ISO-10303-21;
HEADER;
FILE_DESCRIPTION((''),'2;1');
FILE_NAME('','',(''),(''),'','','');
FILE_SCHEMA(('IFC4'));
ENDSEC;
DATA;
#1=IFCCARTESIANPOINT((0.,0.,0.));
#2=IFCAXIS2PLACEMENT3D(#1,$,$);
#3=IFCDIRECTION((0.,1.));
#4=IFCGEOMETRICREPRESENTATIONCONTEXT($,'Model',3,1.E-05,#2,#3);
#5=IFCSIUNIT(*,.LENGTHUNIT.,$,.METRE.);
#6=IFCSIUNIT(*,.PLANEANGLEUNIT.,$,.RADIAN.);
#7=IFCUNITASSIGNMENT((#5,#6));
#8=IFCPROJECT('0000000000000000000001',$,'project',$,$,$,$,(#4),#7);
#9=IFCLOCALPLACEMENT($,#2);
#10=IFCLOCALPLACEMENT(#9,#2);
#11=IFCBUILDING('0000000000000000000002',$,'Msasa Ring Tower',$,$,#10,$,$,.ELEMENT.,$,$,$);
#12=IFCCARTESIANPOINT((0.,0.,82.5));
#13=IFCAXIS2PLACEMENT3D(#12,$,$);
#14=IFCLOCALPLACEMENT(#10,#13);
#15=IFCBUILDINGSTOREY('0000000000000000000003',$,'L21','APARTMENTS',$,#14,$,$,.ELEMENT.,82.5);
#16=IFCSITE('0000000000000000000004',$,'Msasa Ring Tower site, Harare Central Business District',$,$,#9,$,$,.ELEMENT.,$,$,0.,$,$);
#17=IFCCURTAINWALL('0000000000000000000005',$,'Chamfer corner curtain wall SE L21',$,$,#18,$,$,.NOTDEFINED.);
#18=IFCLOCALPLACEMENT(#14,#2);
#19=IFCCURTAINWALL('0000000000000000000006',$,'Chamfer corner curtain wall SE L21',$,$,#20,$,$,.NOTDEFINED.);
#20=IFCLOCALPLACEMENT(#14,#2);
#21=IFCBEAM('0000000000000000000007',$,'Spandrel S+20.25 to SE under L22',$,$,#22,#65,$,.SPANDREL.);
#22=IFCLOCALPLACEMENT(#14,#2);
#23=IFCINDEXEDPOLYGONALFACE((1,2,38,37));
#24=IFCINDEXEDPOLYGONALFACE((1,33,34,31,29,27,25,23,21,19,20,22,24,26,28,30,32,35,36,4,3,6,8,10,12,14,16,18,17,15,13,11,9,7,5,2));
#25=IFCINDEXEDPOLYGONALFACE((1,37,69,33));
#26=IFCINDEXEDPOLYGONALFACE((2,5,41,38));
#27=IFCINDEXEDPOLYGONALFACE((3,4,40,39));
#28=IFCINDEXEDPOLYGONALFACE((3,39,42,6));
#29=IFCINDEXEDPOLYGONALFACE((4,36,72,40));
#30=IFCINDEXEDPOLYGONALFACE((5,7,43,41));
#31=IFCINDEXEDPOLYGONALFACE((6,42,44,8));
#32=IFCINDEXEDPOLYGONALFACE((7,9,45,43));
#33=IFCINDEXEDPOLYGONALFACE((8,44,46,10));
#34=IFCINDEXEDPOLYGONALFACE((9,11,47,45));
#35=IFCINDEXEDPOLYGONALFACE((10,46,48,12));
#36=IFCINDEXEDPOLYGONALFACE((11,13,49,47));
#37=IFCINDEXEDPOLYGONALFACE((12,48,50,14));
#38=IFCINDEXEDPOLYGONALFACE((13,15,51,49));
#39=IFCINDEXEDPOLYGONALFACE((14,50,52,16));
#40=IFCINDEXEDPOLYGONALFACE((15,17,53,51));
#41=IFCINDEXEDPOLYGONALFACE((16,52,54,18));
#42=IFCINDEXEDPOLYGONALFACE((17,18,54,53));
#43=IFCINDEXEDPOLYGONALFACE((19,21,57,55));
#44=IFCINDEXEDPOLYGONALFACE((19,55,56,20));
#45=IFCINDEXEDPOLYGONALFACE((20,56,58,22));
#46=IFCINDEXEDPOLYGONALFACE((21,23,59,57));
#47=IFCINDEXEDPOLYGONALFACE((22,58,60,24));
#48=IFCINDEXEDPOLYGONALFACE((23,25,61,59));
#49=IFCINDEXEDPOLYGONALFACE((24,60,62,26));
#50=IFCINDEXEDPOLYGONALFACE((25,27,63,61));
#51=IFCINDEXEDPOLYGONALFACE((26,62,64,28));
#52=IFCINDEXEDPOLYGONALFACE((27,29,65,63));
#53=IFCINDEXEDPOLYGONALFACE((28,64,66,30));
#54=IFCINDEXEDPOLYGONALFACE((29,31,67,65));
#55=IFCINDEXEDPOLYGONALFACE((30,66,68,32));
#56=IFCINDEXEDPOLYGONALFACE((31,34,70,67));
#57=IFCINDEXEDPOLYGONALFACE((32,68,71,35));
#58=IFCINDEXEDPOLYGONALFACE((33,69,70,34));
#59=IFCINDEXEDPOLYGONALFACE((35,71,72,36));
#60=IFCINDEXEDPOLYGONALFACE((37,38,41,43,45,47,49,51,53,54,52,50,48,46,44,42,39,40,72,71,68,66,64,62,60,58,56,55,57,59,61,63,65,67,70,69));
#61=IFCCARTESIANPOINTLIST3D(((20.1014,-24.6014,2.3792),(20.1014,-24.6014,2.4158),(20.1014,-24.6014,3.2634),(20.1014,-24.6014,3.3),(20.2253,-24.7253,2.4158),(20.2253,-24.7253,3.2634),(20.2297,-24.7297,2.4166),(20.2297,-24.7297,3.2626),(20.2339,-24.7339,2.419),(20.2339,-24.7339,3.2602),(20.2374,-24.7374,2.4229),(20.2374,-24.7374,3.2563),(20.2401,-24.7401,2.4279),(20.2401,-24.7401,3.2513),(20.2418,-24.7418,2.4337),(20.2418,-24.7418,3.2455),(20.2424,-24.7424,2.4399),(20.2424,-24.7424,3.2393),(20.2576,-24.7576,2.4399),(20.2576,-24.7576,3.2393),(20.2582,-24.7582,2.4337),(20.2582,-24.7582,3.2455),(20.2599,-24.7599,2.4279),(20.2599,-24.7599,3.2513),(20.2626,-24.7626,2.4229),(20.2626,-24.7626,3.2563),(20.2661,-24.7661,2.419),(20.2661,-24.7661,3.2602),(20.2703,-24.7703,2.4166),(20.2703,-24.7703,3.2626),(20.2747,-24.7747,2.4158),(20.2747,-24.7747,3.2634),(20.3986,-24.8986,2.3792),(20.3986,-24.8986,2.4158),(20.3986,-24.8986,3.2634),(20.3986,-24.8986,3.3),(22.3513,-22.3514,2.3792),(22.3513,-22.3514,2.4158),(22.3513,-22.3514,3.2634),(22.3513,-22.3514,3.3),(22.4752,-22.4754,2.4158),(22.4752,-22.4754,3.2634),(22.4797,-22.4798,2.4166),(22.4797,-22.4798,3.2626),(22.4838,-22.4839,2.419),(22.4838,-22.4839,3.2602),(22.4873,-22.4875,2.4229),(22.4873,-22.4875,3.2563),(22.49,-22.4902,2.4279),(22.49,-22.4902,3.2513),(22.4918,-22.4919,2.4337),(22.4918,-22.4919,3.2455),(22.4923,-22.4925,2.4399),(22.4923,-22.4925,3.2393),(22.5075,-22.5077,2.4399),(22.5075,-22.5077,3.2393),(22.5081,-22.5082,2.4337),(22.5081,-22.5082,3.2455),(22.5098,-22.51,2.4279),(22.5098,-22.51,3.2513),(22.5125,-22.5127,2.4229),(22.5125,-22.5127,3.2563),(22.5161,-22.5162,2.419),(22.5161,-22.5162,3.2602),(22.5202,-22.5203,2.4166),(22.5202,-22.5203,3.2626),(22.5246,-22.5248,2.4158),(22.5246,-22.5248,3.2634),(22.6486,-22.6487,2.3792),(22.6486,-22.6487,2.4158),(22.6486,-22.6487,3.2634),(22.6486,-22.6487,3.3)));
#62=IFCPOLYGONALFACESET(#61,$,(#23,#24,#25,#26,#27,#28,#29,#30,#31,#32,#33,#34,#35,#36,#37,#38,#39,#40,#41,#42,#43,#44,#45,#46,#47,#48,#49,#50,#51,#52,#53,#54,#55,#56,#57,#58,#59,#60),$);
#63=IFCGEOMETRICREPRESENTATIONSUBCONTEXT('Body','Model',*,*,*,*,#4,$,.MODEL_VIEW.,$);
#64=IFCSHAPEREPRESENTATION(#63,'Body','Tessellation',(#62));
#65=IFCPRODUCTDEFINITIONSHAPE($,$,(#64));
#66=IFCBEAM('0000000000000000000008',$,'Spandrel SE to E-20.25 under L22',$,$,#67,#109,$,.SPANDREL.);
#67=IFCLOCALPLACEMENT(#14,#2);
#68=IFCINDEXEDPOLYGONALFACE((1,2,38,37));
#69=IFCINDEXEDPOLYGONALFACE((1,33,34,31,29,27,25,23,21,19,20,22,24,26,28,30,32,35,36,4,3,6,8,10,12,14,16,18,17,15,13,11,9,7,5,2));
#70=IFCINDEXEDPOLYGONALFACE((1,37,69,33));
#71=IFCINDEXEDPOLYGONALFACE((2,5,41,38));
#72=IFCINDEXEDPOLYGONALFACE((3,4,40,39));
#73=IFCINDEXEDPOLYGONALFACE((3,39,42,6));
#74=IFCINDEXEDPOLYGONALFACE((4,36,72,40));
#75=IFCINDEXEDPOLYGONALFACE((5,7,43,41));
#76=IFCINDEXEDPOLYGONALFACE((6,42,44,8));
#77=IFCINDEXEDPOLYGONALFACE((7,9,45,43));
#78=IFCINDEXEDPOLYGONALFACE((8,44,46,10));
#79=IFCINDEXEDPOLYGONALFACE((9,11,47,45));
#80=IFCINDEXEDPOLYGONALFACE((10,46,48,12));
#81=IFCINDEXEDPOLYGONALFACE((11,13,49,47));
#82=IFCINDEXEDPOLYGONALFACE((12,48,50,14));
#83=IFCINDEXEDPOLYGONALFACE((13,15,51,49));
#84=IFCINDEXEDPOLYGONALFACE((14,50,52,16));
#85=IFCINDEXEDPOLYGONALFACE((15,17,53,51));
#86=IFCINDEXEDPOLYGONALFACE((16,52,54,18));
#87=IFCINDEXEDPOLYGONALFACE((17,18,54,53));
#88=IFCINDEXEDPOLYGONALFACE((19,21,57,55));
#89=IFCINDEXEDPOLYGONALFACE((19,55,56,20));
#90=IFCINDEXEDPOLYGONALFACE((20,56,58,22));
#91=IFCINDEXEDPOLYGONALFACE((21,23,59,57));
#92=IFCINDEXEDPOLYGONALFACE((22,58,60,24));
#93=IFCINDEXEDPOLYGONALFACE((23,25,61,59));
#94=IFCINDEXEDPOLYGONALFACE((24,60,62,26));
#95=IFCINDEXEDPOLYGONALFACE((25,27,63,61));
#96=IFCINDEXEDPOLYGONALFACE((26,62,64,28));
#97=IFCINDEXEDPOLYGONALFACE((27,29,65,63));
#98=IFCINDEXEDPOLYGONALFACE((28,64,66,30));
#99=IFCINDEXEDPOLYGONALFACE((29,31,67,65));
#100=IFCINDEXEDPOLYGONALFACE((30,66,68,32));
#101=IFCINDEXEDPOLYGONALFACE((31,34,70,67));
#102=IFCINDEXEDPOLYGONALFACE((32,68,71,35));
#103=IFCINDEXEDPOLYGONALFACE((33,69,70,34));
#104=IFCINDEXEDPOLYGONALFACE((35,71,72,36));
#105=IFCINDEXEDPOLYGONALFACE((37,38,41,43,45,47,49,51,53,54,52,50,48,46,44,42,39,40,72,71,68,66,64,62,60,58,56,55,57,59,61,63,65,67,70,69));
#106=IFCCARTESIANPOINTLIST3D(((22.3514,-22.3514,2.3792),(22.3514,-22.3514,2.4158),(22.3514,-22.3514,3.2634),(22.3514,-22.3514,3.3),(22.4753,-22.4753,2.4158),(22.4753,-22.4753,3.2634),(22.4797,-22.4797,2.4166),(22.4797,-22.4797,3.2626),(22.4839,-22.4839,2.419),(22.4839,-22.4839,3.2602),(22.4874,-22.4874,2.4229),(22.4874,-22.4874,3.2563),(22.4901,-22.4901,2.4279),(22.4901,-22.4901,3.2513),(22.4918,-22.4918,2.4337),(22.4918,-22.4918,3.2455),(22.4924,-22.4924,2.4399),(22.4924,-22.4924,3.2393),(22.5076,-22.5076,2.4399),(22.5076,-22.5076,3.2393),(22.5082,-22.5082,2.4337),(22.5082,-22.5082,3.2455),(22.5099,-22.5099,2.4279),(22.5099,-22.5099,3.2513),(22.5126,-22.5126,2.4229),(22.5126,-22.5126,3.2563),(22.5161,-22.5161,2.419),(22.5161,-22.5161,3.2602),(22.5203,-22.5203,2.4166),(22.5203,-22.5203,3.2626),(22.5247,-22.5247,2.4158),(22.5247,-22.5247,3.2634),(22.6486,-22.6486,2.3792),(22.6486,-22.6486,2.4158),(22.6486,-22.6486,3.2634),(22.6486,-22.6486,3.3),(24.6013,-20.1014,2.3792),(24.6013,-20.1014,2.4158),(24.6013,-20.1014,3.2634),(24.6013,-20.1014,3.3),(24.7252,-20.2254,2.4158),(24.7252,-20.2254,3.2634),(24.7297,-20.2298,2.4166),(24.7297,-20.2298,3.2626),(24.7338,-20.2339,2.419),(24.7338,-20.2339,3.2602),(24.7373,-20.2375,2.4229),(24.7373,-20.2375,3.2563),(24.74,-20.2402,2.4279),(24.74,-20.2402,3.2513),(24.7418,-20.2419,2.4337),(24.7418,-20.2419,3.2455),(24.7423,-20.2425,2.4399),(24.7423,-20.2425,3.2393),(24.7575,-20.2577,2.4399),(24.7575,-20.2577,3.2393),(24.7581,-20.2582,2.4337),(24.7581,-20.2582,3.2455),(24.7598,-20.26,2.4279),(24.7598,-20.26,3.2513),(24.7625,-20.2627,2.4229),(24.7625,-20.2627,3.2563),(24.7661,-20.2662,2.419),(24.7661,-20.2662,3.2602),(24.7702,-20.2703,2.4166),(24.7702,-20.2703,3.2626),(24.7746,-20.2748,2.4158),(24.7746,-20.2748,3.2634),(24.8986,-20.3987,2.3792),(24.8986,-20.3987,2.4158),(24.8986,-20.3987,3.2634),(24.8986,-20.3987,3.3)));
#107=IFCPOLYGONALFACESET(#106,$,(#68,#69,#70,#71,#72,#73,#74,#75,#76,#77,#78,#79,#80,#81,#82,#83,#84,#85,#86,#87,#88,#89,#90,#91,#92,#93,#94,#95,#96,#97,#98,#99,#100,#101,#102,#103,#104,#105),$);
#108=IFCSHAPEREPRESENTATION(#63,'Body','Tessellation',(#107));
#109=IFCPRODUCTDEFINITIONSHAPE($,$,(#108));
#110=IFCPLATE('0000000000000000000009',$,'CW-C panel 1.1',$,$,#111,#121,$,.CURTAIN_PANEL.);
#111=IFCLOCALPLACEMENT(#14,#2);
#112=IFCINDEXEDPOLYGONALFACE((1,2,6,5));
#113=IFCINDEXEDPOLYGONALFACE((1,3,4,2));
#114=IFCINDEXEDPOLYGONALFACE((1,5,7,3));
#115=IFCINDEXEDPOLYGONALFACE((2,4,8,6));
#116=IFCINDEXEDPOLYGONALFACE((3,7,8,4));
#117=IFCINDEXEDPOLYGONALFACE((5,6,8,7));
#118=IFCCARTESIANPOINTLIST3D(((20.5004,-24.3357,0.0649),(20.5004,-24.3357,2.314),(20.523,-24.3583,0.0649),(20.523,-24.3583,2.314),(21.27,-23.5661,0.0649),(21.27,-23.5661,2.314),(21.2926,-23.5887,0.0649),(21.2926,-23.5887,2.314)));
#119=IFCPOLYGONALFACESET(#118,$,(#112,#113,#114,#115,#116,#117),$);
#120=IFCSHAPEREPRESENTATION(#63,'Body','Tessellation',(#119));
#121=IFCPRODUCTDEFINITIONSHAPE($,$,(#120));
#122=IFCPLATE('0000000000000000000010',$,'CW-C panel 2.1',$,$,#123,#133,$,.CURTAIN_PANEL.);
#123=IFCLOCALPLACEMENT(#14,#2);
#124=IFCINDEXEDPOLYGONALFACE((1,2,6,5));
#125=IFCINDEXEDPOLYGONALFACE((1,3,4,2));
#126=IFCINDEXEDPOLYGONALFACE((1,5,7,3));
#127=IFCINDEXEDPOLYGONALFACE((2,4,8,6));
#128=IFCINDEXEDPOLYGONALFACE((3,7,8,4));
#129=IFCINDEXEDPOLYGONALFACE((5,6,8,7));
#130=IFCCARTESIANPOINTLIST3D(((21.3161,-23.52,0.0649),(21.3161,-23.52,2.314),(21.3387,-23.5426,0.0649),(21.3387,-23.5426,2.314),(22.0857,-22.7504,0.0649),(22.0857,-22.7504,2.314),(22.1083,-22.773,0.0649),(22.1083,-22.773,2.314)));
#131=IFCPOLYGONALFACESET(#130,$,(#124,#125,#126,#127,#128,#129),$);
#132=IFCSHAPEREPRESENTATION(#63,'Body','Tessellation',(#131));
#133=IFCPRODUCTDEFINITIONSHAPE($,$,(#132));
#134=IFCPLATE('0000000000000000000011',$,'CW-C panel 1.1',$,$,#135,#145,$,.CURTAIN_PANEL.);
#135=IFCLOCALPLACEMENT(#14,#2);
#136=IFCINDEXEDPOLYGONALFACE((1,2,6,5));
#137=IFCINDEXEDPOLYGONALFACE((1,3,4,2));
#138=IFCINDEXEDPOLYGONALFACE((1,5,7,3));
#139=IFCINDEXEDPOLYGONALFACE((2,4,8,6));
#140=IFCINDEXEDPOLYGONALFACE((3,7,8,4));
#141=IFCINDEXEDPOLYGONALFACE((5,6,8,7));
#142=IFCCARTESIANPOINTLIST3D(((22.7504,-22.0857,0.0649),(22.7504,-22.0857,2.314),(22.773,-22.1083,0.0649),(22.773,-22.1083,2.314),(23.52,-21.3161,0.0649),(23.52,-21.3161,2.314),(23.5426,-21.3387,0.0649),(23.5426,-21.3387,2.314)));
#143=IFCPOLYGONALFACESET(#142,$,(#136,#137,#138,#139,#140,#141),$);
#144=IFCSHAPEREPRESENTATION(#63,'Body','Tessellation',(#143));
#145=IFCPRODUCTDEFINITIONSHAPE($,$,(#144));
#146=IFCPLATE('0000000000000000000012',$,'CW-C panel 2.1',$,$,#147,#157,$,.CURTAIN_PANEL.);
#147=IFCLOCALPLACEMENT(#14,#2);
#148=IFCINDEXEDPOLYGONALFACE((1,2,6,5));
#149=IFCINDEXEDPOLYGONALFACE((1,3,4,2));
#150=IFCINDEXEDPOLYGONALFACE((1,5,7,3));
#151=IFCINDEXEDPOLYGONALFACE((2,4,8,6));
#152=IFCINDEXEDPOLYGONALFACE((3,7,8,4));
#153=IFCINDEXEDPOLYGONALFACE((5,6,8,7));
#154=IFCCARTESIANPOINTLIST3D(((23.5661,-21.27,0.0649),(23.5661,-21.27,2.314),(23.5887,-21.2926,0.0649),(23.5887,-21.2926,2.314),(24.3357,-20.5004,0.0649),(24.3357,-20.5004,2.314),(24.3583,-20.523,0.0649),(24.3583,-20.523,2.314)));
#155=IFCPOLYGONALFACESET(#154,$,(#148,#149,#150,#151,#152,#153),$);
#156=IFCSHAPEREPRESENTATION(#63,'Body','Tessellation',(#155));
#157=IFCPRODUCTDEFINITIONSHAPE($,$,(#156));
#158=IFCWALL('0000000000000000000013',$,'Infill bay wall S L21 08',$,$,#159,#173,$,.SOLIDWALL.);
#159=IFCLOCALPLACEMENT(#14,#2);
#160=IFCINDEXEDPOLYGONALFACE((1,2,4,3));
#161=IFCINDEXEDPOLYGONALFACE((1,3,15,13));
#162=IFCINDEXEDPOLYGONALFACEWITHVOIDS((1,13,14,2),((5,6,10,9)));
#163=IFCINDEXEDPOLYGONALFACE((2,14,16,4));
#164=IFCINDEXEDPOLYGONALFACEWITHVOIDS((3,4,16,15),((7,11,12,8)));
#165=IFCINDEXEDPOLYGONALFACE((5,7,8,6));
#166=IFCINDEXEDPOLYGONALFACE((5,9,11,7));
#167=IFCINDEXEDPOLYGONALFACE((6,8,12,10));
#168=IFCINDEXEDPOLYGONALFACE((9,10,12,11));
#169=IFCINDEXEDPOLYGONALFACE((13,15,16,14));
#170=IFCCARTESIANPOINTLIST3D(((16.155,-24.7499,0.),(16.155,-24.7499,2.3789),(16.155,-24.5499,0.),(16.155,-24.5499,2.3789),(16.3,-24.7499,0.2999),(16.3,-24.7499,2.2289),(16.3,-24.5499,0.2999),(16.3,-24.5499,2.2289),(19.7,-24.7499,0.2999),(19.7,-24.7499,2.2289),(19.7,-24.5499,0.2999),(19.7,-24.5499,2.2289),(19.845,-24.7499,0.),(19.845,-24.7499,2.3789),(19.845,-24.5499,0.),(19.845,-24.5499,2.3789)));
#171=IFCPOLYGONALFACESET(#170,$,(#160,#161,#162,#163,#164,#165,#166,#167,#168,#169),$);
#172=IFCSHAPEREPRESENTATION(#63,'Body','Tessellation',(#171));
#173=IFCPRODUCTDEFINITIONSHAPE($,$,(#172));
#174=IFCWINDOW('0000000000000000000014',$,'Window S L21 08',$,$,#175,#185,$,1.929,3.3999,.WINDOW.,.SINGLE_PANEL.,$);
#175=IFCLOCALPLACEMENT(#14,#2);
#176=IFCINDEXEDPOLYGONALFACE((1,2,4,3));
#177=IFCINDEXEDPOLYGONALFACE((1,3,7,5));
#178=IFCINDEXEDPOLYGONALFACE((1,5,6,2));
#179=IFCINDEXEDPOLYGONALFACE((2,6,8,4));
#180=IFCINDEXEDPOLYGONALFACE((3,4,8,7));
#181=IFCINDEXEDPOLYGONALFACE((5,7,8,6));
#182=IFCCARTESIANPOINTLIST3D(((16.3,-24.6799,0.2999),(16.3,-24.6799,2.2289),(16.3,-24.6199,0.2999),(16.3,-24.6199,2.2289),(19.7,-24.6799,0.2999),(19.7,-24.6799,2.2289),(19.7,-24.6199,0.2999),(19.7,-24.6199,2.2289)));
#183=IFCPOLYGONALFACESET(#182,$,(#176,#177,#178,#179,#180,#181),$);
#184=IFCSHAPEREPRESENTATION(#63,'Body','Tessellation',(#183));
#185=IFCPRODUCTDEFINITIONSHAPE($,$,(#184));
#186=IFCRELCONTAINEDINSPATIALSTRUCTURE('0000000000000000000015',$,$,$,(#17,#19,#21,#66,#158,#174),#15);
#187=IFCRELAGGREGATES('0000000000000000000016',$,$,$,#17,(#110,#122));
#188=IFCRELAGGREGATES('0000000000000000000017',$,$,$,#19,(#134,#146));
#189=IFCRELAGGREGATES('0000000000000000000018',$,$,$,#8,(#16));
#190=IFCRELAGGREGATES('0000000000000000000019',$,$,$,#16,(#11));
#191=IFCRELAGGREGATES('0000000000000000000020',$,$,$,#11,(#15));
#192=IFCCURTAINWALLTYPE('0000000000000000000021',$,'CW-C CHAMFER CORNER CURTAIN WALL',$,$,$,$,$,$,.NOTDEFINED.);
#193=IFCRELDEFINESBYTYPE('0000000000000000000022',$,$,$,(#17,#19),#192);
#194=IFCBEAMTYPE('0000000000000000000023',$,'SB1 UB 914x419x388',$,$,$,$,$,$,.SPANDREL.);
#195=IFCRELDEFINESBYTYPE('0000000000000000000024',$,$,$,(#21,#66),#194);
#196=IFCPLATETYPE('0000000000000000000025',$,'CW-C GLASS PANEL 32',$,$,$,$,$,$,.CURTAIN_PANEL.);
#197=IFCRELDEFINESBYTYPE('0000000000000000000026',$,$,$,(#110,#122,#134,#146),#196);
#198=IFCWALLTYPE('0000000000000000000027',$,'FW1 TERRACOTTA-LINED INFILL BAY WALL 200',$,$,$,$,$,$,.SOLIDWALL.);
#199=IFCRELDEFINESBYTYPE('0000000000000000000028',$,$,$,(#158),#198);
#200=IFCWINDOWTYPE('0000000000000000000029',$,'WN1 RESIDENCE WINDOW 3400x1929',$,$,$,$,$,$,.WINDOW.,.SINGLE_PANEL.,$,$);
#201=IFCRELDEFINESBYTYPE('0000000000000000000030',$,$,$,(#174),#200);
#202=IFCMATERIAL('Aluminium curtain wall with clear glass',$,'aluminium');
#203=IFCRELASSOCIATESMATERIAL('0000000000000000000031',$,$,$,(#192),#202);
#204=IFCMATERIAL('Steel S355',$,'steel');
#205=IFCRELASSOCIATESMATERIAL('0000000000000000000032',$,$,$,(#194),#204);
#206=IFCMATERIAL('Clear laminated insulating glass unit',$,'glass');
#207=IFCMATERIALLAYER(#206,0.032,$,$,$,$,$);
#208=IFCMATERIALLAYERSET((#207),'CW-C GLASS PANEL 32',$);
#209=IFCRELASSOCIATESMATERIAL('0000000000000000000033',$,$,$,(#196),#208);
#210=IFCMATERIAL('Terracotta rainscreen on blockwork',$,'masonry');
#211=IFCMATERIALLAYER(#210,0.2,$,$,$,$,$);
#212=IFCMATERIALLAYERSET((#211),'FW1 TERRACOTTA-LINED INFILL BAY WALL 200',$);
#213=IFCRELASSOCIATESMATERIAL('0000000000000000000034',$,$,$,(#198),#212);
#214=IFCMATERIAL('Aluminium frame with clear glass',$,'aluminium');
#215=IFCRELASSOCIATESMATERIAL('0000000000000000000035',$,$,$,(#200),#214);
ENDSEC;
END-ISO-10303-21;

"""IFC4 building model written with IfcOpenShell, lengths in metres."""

from ifc_helpers import new_model, si_unit, direction, frame, frame_2d, origin, origin_2d, place, context, subcontext, project, spatial, rectangle, i_section, extrude, material, layer, layer_set, material_profile, profile_set, type_object, element, fill, aggregate, save


model = new_model("IFC4")

# Units and contexts
model_context = context("Model", 3, precision=1e-05, world=origin(), true_north=direction((0.0, 1.0)))
body_context = subcontext(model_context, "Body", "Model", "MODEL_VIEW")
ifc_project = project(units=[si_unit("LENGTHUNIT", "METRE"), si_unit("PLANEANGLEUNIT", "RADIAN")], contexts=[model_context])

# Site, building, storey
site_placement = place(None, origin())
site = spatial("IfcSite", under=ifc_project, at=site_placement, Name="Msasa Ring Tower site, Harare Central Business District", CompositionType="ELEMENT", RefElevation=0.0)
building_placement = place(site_placement, origin())
building = spatial("IfcBuilding", under=site, at=building_placement, Name="Msasa Ring Tower", CompositionType="ELEMENT")
storey_placement = place(building_placement, frame((0.0, 0.0, 82.5)))
storey = spatial("IfcBuildingStorey", under=building, at=storey_placement, Name="L21", Description="APARTMENTS", CompositionType="ELEMENT", Elevation=82.5)

# Curtain walls
ifc_material_1 = material(Name="Aluminium curtain wall with clear glass", Category="aluminium")
curtain_wall_type = type_object("IfcCurtainWallType", Name="CW-C CHAMFER CORNER CURTAIN WALL", PredefinedType="NOTDEFINED", material=ifc_material_1)
curtain_wall_1_placement = place(storey_placement, origin())
curtain_wall_1 = element("IfcCurtainWall", 1, at=curtain_wall_1_placement, inside=storey, type_object=curtain_wall_type, Name="Chamfer corner curtain wall SE L21", PredefinedType="NOTDEFINED")
curtain_wall_2_placement = place(storey_placement, origin())
curtain_wall_2 = element("IfcCurtainWall", 2, at=curtain_wall_2_placement, inside=storey, type_object=curtain_wall_type, Name="Chamfer corner curtain wall SE L21", PredefinedType="NOTDEFINED")

# Beams
ifc_material_2 = material(Name="Steel S355", Category="steel")
ifc_material_profile_1 = material_profile(ifc_material_2, i_section(OverallWidth=0.4204, OverallDepth=0.9209, WebThickness=0.0215, FlangeThickness=0.0366, FilletRadius=0.0242, at=origin_2d()), Name="UB 914x419x388")
ifc_profile_set_1 = profile_set([ifc_material_profile_1], Name="Steel S355")
beam_type_1 = type_object("IfcBeamType", Name="SB1 UB 914x419x388", PredefinedType="SPANDREL", material=ifc_profile_set_1)
for number, where, z_axis, x_axis, name in (
    (3, (20.25, -24.75, 2.8396), (0.707107, 0.707107, 0.0), (-0.707107, 0.707107, 0.0), "Spandrel S+20.25 to SE under L22"),
    (4, (22.5, -22.5, 2.8396), (0.707107, 0.707107, 0.0), (-0.707107, 0.707107, 0.0), "Spandrel SE to E-20.25 under L22"),
):
    element("IfcBeam", number, at=place(storey_placement, frame(where, z_axis=z_axis, x_axis=x_axis)), inside=storey, type_object=beam_type_1, Name=name, PredefinedType="SPANDREL", context=body_context, shape_type="SweptSolid", body=[
        extrude(i_section(OverallWidth=0.4204, OverallDepth=0.9209, WebThickness=0.0215, FlangeThickness=0.0366, FilletRadius=0.0242, at=origin_2d()), origin(), (0.0, 0.0, 1.0), 3.1819),
    ])

# Plates
ifc_material_3 = material(Name="Clear laminated insulating glass unit", Category="glass")
ifc_layer_1 = layer(ifc_material_3, 0.032)
ifc_layer_set_1 = layer_set([ifc_layer_1], Name="CW-C GLASS PANEL 32")
plate_type = type_object("IfcPlateType", Name="CW-C GLASS PANEL 32", PredefinedType="CURTAIN_PANEL", material=ifc_layer_set_1)
plate_1_placement = place(storey_placement, frame((20.8965, -23.9622, 0.0649), z_axis=(0.0, 0.0, 1.0), x_axis=(0.707107, 0.707107, 0.0)))
plate_1 = element("IfcPlate", 5, at=plate_1_placement, type_object=plate_type, Name="CW-C panel 1.1", PredefinedType="CURTAIN_PANEL", context=body_context, shape_type="SweptSolid", body=[
    extrude(rectangle(XDim=1.0884, YDim=0.032, at=origin_2d()), origin(), (0.0, 0.0, 1.0), 2.249),
])
plate_2_placement = place(storey_placement, frame((21.7122, -23.1465, 0.0649), z_axis=(0.0, 0.0, 1.0), x_axis=(0.707107, 0.707107, 0.0)))
plate_2 = element("IfcPlate", 6, at=plate_2_placement, type_object=plate_type, Name="CW-C panel 2.1", PredefinedType="CURTAIN_PANEL", context=body_context, shape_type="SweptSolid", body=[
    extrude(rectangle(XDim=1.0884, YDim=0.032, at=origin_2d()), origin(), (0.0, 0.0, 1.0), 2.249),
])
aggregate(curtain_wall_1, [plate_1, plate_2])
plate_3_placement = place(storey_placement, frame((23.1465, -21.7122, 0.0649), z_axis=(0.0, 0.0, 1.0), x_axis=(0.707107, 0.707107, 0.0)))
plate_3 = element("IfcPlate", 7, at=plate_3_placement, type_object=plate_type, Name="CW-C panel 1.1", PredefinedType="CURTAIN_PANEL", context=body_context, shape_type="SweptSolid", body=[
    extrude(rectangle(XDim=1.0884, YDim=0.032, at=origin_2d()), origin(), (0.0, 0.0, 1.0), 2.249),
])
plate_4_placement = place(storey_placement, frame((23.9622, -20.8965, 0.0649), z_axis=(0.0, 0.0, 1.0), x_axis=(0.707107, 0.707107, 0.0)))
plate_4 = element("IfcPlate", 8, at=plate_4_placement, type_object=plate_type, Name="CW-C panel 2.1", PredefinedType="CURTAIN_PANEL", context=body_context, shape_type="SweptSolid", body=[
    extrude(rectangle(XDim=1.0884, YDim=0.032, at=origin_2d()), origin(), (0.0, 0.0, 1.0), 2.249),
])
aggregate(curtain_wall_2, [plate_3, plate_4])

# Wall, opening, window
ifc_material_4 = material(Name="Terracotta rainscreen on blockwork", Category="masonry")
ifc_layer_2 = layer(ifc_material_4, 0.2)
ifc_layer_set_2 = layer_set([ifc_layer_2], Name="FW1 TERRACOTTA-LINED INFILL BAY WALL 200")
wall_type_1 = type_object("IfcWallType", Name="FW1 TERRACOTTA-LINED INFILL BAY WALL 200", PredefinedType="SOLIDWALL", material=ifc_layer_set_2)
wall_placement = place(storey_placement, frame((16.155, -24.6499, 0.0), z_axis=(0.0, 0.0, 1.0), x_axis=(1.0, 0.0, 0.0)))
wall = element("IfcWall", 9, at=wall_placement, inside=storey, type_object=wall_type_1, Name="Infill bay wall S L21 08", PredefinedType="SOLIDWALL", context=body_context, shape_type="SweptSolid", body=[
    extrude(rectangle(XDim=3.6899, YDim=0.2, at=frame_2d((1.845, 0.0))), origin(), (0.0, 0.0, 1.0), 2.3789),
])
opening_placement = place(wall_placement, frame((0.145, 0.0, 0.3)))
opening = element("IfcOpeningElement", 10, at=opening_placement, cuts=wall, PredefinedType="OPENING", context=body_context, shape_type="SweptSolid", body=[
    extrude(rectangle(XDim=3.3999, YDim=1.929, at=frame_2d((1.7, 0.9644))), frame((0.0, 0.1099, 0.0), z_axis=(0.0, -1.0, 0.0), x_axis=(1.0, 0.0, 0.0)), (0.0, 0.0, 1.0), 0.22),
])
ifc_material_5 = material(Name="Aluminium frame with clear glass", Category="aluminium")
window_type = type_object("IfcWindowType", Name="WN1 RESIDENCE WINDOW 3400x1929", PartitioningType="SINGLE_PANEL", PredefinedType="WINDOW", material=ifc_material_5)
window_placement = place(opening_placement, origin())
window = element("IfcWindow", 11, at=window_placement, inside=storey, type_object=window_type, Name="Window S L21 08", OverallHeight=1.929, OverallWidth=3.3999, PartitioningType="SINGLE_PANEL", PredefinedType="WINDOW", context=body_context, shape_type="SweptSolid", body=[
    extrude(rectangle(XDim=3.3999, YDim=1.929, at=frame_2d((1.7, 0.9644))), frame((0.0, 0.03, 0.0), z_axis=(0.0, -1.0, 0.0), x_axis=(1.0, 0.0, 0.0)), (0.0, 0.0, 1.0), 0.0601),
])
fill(opening, window)

save(model, "model.ifc")
